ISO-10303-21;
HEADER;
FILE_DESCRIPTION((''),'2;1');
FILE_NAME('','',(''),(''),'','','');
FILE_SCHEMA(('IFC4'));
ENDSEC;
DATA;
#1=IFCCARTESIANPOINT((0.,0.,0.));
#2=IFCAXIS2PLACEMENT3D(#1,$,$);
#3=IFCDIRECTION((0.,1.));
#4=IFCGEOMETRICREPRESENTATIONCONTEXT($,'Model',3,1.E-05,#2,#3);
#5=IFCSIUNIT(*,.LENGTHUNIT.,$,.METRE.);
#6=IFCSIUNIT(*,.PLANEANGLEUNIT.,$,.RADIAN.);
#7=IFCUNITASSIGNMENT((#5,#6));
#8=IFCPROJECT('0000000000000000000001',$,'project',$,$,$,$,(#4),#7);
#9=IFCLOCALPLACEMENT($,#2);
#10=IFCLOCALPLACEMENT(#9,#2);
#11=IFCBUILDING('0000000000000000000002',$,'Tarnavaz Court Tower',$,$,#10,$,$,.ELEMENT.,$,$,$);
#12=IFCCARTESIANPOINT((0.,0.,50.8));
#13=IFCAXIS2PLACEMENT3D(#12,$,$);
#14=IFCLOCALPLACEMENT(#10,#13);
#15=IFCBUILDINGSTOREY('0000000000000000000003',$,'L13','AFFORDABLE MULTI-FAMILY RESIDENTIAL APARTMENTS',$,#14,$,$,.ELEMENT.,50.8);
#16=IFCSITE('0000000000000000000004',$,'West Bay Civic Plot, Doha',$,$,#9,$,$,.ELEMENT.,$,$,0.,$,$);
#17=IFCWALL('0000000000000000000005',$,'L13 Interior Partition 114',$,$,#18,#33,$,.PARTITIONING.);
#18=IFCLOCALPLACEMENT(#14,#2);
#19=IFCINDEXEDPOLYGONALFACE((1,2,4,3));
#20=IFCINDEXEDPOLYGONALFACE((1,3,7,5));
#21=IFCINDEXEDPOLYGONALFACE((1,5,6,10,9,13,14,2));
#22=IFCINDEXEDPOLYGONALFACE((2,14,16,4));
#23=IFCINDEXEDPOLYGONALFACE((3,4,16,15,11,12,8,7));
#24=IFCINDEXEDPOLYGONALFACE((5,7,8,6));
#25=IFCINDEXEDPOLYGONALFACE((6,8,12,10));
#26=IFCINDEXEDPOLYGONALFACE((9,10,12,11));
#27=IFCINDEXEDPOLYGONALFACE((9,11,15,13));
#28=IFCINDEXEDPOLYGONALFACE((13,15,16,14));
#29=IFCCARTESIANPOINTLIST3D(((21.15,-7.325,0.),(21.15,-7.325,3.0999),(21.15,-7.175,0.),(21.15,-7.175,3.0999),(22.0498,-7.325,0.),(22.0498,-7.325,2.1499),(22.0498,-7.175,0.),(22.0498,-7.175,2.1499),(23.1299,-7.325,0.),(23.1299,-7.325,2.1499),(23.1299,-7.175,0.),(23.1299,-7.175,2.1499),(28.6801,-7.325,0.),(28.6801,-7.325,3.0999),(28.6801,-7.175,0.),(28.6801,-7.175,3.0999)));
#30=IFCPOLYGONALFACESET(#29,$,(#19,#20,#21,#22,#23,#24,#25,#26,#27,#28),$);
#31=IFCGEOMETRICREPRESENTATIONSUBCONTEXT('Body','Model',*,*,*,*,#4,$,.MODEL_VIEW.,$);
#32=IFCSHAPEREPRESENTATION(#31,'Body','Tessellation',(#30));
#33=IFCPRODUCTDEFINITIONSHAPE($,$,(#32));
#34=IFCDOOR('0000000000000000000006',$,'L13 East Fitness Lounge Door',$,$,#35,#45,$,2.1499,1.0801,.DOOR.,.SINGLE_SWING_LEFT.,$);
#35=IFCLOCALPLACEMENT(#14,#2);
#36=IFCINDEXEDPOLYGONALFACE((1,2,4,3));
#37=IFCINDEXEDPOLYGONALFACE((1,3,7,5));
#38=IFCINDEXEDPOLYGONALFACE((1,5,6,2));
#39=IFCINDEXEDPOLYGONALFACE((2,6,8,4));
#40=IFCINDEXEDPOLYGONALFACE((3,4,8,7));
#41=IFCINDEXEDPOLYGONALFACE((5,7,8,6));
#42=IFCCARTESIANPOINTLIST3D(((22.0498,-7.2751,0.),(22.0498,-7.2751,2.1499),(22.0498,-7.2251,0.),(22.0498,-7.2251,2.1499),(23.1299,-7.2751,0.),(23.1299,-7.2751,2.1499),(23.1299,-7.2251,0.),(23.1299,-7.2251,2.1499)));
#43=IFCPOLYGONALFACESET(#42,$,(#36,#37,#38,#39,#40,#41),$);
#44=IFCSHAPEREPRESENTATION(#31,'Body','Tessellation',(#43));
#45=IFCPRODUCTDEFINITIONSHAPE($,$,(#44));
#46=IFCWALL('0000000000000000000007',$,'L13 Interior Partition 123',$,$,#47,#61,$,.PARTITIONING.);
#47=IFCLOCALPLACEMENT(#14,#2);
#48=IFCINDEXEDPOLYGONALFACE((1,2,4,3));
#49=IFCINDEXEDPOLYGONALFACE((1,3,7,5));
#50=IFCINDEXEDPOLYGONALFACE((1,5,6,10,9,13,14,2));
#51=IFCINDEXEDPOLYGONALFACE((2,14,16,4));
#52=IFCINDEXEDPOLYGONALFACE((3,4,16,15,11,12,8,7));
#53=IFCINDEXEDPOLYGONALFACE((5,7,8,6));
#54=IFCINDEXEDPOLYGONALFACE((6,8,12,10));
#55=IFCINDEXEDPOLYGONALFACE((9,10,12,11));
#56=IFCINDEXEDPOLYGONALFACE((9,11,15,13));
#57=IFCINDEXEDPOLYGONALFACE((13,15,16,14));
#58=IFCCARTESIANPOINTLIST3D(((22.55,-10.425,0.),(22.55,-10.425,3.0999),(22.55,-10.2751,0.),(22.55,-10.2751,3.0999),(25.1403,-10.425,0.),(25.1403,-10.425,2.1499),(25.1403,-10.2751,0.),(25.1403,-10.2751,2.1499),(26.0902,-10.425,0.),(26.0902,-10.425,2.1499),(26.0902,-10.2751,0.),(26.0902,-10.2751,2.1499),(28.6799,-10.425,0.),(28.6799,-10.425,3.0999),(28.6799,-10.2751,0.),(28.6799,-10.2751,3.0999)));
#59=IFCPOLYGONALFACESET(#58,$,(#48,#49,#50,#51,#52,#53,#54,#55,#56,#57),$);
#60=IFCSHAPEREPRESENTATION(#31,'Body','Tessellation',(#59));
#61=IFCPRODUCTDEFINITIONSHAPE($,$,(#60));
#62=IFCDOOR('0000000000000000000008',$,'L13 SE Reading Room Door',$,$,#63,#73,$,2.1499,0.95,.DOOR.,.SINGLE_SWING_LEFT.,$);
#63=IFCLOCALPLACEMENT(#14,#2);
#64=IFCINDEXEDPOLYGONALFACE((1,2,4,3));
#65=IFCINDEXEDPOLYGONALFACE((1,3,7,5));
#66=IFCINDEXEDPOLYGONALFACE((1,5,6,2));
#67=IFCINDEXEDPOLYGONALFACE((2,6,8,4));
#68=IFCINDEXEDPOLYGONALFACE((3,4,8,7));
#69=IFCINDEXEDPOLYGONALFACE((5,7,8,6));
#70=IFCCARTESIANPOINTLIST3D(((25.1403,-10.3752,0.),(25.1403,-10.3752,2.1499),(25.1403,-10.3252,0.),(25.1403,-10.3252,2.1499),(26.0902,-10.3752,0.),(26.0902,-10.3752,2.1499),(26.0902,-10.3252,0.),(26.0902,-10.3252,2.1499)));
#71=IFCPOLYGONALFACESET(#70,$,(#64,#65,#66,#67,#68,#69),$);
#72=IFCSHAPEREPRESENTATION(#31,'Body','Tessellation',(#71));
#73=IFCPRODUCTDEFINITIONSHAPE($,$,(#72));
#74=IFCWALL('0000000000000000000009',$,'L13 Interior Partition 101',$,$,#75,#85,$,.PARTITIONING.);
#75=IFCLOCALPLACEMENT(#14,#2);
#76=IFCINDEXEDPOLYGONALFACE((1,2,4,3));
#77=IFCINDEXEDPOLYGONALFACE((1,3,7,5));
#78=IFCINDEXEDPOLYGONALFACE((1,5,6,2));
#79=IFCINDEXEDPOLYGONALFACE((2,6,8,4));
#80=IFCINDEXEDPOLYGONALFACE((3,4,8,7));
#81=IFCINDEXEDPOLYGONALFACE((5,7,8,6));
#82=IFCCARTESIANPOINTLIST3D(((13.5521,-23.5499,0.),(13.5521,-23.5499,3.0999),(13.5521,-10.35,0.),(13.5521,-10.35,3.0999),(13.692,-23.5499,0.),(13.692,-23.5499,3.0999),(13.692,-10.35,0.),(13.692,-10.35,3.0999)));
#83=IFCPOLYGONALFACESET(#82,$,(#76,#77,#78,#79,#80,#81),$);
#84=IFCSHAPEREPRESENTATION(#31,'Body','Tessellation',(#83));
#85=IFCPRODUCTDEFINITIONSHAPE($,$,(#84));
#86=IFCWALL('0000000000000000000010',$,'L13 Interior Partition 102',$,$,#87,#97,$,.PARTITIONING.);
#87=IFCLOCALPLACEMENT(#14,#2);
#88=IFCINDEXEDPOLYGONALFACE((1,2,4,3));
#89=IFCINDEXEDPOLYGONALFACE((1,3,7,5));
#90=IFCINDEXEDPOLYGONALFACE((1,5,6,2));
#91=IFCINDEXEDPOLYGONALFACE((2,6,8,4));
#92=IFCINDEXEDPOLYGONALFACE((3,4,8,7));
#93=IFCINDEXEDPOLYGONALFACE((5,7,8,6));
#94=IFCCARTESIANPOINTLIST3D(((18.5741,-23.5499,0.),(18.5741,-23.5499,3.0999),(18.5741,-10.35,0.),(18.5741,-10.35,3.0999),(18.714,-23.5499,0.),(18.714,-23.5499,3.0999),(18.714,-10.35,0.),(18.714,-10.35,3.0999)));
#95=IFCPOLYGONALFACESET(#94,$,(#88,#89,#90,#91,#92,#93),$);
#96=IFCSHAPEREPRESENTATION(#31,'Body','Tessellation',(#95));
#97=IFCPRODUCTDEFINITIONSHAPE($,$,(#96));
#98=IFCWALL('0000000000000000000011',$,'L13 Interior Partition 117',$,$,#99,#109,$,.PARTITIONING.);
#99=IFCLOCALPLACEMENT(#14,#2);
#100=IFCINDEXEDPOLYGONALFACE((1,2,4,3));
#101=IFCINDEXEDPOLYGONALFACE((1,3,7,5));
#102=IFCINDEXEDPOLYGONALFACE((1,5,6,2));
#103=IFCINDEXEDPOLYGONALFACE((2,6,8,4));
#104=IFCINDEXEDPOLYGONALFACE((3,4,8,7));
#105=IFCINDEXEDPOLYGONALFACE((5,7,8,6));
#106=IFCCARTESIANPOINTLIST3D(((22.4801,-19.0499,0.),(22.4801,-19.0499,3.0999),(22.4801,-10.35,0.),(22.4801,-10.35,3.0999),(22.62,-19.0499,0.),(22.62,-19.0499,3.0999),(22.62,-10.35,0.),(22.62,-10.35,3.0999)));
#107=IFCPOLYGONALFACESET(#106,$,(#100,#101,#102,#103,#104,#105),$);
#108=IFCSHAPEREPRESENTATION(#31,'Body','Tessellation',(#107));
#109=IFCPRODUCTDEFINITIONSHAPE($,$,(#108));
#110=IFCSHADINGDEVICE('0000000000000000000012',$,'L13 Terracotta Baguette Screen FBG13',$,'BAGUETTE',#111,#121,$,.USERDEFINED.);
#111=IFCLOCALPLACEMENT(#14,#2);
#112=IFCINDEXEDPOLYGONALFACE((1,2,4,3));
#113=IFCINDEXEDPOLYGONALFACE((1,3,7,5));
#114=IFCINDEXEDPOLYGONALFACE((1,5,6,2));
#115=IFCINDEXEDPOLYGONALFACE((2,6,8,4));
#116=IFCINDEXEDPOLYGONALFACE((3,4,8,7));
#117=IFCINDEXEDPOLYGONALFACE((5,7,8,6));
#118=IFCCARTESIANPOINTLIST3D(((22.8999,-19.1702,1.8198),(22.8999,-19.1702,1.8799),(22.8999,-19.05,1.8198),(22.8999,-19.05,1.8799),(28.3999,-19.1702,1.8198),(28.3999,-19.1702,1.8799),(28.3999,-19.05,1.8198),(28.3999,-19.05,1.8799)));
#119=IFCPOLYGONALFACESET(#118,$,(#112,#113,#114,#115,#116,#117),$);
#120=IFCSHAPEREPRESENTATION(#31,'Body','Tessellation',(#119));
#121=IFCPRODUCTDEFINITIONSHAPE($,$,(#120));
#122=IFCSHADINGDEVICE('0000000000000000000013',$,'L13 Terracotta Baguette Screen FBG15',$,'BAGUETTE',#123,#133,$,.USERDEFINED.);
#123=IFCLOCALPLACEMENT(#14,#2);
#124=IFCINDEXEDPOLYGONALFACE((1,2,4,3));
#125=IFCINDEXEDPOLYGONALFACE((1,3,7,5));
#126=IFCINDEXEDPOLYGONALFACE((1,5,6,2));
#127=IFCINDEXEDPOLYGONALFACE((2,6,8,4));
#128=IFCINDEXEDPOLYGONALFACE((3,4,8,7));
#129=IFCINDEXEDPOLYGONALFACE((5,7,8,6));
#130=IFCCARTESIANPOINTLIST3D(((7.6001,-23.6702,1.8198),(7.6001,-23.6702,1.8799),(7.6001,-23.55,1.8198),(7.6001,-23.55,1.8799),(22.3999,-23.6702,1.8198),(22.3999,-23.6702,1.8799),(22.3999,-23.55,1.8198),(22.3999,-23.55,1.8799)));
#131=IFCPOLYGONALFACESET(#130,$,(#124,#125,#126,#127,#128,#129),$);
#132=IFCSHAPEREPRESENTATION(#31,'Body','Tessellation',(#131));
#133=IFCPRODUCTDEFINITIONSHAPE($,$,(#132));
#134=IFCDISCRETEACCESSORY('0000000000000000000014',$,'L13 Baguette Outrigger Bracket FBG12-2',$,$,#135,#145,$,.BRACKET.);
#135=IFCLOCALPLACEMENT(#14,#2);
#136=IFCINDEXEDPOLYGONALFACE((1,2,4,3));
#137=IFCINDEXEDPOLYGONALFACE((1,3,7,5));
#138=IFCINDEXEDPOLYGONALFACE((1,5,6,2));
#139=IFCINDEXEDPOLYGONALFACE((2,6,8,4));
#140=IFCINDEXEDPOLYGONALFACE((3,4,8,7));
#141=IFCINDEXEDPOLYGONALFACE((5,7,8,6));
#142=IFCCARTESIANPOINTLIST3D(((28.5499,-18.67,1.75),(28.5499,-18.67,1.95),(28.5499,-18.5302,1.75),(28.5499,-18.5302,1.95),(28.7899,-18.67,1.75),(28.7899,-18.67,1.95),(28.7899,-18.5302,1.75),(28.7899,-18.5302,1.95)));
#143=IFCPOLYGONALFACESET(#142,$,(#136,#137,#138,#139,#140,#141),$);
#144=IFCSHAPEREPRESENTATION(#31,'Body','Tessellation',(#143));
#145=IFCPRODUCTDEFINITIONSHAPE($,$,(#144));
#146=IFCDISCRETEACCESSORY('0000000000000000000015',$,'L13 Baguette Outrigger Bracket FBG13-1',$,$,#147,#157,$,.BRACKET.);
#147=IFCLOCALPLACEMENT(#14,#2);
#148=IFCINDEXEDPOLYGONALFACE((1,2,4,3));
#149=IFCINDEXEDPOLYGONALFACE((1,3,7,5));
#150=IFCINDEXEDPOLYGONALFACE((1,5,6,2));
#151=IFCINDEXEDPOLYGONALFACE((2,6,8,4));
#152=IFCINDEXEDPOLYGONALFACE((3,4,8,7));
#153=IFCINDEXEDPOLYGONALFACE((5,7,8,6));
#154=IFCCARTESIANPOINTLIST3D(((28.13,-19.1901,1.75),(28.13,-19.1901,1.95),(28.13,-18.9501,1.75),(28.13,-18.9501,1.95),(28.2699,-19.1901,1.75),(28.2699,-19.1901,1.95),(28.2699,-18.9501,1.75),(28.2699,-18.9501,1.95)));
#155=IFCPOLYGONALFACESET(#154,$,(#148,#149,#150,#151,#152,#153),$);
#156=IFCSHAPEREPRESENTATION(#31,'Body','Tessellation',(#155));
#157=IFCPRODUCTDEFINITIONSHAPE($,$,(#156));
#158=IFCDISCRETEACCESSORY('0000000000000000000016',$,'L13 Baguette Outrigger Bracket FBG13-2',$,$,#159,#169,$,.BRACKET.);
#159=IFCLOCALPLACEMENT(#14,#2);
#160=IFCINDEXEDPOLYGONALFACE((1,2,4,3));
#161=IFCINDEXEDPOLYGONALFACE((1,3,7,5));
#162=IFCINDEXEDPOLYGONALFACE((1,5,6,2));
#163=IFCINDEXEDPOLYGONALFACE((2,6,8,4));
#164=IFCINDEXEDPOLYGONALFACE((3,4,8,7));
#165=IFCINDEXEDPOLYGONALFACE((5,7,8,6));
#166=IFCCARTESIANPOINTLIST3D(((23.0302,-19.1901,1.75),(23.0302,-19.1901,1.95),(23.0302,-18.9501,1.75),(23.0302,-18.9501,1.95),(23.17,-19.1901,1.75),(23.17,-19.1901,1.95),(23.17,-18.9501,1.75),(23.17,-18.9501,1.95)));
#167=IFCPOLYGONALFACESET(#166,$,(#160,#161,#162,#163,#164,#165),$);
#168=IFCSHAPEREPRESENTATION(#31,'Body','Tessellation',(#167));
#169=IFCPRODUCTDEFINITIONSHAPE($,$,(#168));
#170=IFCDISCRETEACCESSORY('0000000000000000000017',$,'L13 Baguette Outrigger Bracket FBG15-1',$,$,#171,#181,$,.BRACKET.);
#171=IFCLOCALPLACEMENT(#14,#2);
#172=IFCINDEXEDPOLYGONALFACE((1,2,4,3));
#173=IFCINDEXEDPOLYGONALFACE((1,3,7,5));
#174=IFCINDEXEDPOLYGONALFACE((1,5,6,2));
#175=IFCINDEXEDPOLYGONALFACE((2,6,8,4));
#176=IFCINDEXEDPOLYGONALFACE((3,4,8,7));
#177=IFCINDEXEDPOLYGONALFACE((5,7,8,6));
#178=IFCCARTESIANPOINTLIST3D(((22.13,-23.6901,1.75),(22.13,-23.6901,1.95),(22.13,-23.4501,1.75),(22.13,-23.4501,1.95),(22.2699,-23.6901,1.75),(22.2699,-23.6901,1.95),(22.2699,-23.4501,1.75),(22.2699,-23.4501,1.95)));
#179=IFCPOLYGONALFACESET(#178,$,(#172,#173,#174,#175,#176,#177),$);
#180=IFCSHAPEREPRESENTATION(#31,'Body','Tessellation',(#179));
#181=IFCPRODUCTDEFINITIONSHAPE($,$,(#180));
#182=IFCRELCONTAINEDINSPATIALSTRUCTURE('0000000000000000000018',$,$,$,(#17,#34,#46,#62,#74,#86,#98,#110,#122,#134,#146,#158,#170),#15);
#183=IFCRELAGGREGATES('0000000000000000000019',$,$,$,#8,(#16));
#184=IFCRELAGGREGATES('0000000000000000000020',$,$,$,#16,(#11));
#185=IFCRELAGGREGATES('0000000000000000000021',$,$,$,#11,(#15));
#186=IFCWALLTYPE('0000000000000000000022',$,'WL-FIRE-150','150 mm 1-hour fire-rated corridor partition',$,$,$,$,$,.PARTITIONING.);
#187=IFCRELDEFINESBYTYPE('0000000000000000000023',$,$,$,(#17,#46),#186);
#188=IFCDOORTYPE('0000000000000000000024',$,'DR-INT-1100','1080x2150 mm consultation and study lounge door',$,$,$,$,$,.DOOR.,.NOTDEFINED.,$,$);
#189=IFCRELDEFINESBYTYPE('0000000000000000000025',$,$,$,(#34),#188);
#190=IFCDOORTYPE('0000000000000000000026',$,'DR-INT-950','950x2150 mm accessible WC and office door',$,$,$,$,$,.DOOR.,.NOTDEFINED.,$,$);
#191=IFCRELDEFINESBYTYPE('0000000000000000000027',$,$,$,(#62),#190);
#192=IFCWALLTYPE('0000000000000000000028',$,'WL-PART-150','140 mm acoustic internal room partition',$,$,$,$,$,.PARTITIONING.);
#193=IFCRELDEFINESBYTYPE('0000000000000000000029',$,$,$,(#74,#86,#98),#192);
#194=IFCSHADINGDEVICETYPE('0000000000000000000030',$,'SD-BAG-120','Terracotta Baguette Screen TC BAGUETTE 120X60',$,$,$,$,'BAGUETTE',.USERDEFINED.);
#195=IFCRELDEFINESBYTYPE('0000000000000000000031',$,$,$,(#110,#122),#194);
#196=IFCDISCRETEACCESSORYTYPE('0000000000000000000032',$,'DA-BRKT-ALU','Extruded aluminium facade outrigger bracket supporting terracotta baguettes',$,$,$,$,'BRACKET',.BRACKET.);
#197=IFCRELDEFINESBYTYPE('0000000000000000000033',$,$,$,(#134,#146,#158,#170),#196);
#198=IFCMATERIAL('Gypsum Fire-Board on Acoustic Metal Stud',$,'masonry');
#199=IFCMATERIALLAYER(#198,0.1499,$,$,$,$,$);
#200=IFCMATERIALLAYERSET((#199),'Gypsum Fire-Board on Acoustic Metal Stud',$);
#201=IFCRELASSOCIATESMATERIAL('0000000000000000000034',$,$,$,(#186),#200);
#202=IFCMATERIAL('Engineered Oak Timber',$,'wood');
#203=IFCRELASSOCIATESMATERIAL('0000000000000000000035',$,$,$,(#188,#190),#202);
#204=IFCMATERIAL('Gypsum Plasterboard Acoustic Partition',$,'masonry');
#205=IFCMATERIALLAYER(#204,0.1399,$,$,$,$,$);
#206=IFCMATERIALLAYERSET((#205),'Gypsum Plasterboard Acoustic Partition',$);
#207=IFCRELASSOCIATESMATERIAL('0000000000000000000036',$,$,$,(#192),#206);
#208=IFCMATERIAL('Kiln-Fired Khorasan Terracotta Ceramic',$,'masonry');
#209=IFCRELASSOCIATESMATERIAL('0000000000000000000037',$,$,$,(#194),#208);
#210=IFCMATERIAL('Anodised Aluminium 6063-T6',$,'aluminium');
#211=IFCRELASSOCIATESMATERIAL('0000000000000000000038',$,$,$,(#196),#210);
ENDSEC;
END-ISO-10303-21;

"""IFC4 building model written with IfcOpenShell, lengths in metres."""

from ifc_helpers import new_model, si_unit, direction, frame, frame_2d, origin, origin_2d, place, context, subcontext, project, spatial, rectangle, extrude, material, layer, layer_set, material_profile, profile_set, type_object, element, fill, save


model = new_model("IFC4")

# Units and contexts
model_context = context("Model", 3, precision=1e-05, world=origin(), true_north=direction((0.0, 1.0)))
body_context = subcontext(model_context, "Body", "Model", "MODEL_VIEW")
ifc_project = project(units=[si_unit("LENGTHUNIT", "METRE"), si_unit("PLANEANGLEUNIT", "RADIAN")], contexts=[model_context])

# Site, building, storey
site_placement = place(None, origin())
site = spatial("IfcSite", under=ifc_project, at=site_placement, Name="West Bay Civic Plot, Doha", CompositionType="ELEMENT", RefElevation=0.0)
building_placement = place(site_placement, origin())
building = spatial("IfcBuilding", under=site, at=building_placement, Name="Tarnavaz Court Tower", CompositionType="ELEMENT")
storey_placement = place(building_placement, frame((0.0, 0.0, 50.8)))
storey = spatial("IfcBuildingStorey", under=building, at=storey_placement, Name="L13", Description="AFFORDABLE MULTI-FAMILY RESIDENTIAL APARTMENTS", CompositionType="ELEMENT", Elevation=50.8)

# Shared definitions
ifc_material_1 = material(Name="Gypsum Fire-Board on Acoustic Metal Stud", Category="masonry")
ifc_layer_1 = layer(ifc_material_1, 0.1499)
ifc_layer_set_1 = layer_set([ifc_layer_1], Name="Gypsum Fire-Board on Acoustic Metal Stud")
wall_type_1 = type_object("IfcWallType", Name="WL-FIRE-150", Description="150 mm 1-hour fire-rated corridor partition", PredefinedType="PARTITIONING", material=ifc_layer_set_1)

# Walls, openings, doors
wall_1_placement = place(storey_placement, frame((21.1499, -7.25, 0.0), z_axis=(0.0, 0.0, 1.0), x_axis=(1.0, 0.0, 0.0)))
wall_1 = element("IfcWall", 1, at=wall_1_placement, inside=storey, type_object=wall_type_1, Name="L13 Interior Partition 114", PredefinedType="PARTITIONING", context=body_context, shape_type="SweptSolid", body=[
    extrude(rectangle(XDim=7.53, YDim=0.1499, at=frame_2d((3.7651, 0.0))), origin(), (0.0, 0.0, 1.0), 3.0999),
])
opening_1_placement = place(wall_1_placement, frame((0.8999, 0.0, 0.0)))
opening_1 = element("IfcOpeningElement", 2, at=opening_1_placement, cuts=wall_1, PredefinedType="OPENING", context=body_context, shape_type="SweptSolid", body=[
    extrude(rectangle(XDim=1.0801, YDim=2.1499, at=frame_2d((0.54, 1.075))), frame((0.0, 0.085, 0.0), z_axis=(0.0, -1.0, 0.0), x_axis=(1.0, 0.0, 0.0)), (0.0, 0.0, 1.0), 0.1699),
])
ifc_material_2 = material(Name="Engineered Oak Timber", Category="wood")
door_type_1 = type_object("IfcDoorType", Name="DR-INT-1100", Description="1080x2150 mm consultation and study lounge door", OperationType="NOTDEFINED", PredefinedType="DOOR", material=ifc_material_2)
door_1_placement = place(opening_1_placement, origin())
door_1 = element("IfcDoor", 3, at=door_1_placement, inside=storey, type_object=door_type_1, Name="L13 East Fitness Lounge Door", OperationType="SINGLE_SWING_LEFT", OverallHeight=2.1499, OverallWidth=1.0801, PredefinedType="DOOR", context=body_context, shape_type="SweptSolid", body=[
    extrude(rectangle(XDim=1.0801, YDim=2.1499, at=frame_2d((0.54, 1.075))), frame((0.0, 0.0249, 0.0), z_axis=(0.0, -1.0, 0.0), x_axis=(1.0, 0.0, 0.0)), (0.0, 0.0, 1.0), 0.05),
])
fill(opening_1, door_1)
wall_2_placement = place(storey_placement, frame((22.55, -10.3501, 0.0), z_axis=(0.0, 0.0, 1.0), x_axis=(1.0, 0.0, 0.0)))
wall_2 = element("IfcWall", 4, at=wall_2_placement, inside=storey, type_object=wall_type_1, Name="L13 Interior Partition 123", PredefinedType="PARTITIONING", context=body_context, shape_type="SweptSolid", body=[
    extrude(rectangle(XDim=6.1299, YDim=0.1499, at=frame_2d((3.0649, 0.0))), origin(), (0.0, 0.0, 1.0), 3.0999),
])
opening_2_placement = place(wall_2_placement, frame((2.5901, 0.0, 0.0)))
opening_2 = element("IfcOpeningElement", 5, at=opening_2_placement, cuts=wall_2, PredefinedType="OPENING", context=body_context, shape_type="SweptSolid", body=[
    extrude(rectangle(XDim=0.95, YDim=2.1499, at=frame_2d((0.4751, 1.075))), frame((0.0, 0.085, 0.0), z_axis=(0.0, -1.0, 0.0), x_axis=(1.0, 0.0, 0.0)), (0.0, 0.0, 1.0), 0.1699),
])
door_type_2 = type_object("IfcDoorType", Name="DR-INT-950", Description="950x2150 mm accessible WC and office door", OperationType="NOTDEFINED", PredefinedType="DOOR", material=ifc_material_2)
door_2_placement = place(opening_2_placement, origin())
door_2 = element("IfcDoor", 6, at=door_2_placement, inside=storey, type_object=door_type_2, Name="L13 SE Reading Room Door", OperationType="SINGLE_SWING_LEFT", OverallHeight=2.1499, OverallWidth=0.95, PredefinedType="DOOR", context=body_context, shape_type="SweptSolid", body=[
    extrude(rectangle(XDim=0.95, YDim=2.1499, at=frame_2d((0.4751, 1.075))), frame((0.0, 0.0249, 0.0), z_axis=(0.0, -1.0, 0.0), x_axis=(1.0, 0.0, 0.0)), (0.0, 0.0, 1.0), 0.05),
])
fill(opening_2, door_2)

# Walls
ifc_material_3 = material(Name="Gypsum Plasterboard Acoustic Partition", Category="masonry")
ifc_layer_2 = layer(ifc_material_3, 0.1399)
ifc_layer_set_2 = layer_set([ifc_layer_2], Name="Gypsum Plasterboard Acoustic Partition")
wall_type_2 = type_object("IfcWallType", Name="WL-PART-150", Description="140 mm acoustic internal room partition", PredefinedType="PARTITIONING", material=ifc_layer_set_2)
for number, where, z_axis, x_axis, name in (
    (7, (13.6221, -23.55, 0.0), (0.0, 0.0, 1.0), (0.0, 1.0, 0.0), "L13 Interior Partition 101"),
    (8, (18.644, -23.55, 0.0), (0.0, 0.0, 1.0), (0.0, 1.0, 0.0), "L13 Interior Partition 102"),
):
    element("IfcWall", number, at=place(storey_placement, frame(where, z_axis=z_axis, x_axis=x_axis)), inside=storey, type_object=wall_type_2, Name=name, PredefinedType="PARTITIONING", context=body_context, shape_type="SweptSolid", body=[
        extrude(rectangle(XDim=13.2, YDim=0.1399, at=frame_2d((6.6001, 0.0))), origin(), (0.0, 0.0, 1.0), 3.0999),
    ])
wall_3_placement = place(storey_placement, frame((22.55, -19.05, 0.0), z_axis=(0.0, 0.0, 1.0), x_axis=(0.0, 1.0, 0.0)))
element("IfcWall", 9, at=wall_3_placement, inside=storey, type_object=wall_type_2, Name="L13 Interior Partition 117", PredefinedType="PARTITIONING", context=body_context, shape_type="SweptSolid", body=[
    extrude(rectangle(XDim=8.7, YDim=0.1399, at=frame_2d((4.3501, 0.0))), origin(), (0.0, 0.0, 1.0), 3.0999),
])

# Shading devices
ifc_material_4 = material(Name="Kiln-Fired Khorasan Terracotta Ceramic", Category="masonry")
ifc_material_profile_1 = material_profile(ifc_material_4, rectangle(XDim=0.1201, YDim=0.0601, at=origin_2d()), Name="TC BAGUETTE 120X60")
ifc_profile_set_1 = profile_set([ifc_material_profile_1], Name="Kiln-Fired Khorasan Terracotta Ceramic")
shading_device_type = type_object("IfcShadingDeviceType", Name="SD-BAG-120", Description="Terracotta Baguette Screen TC BAGUETTE 120X60", ElementType="BAGUETTE", PredefinedType="USERDEFINED", material=ifc_profile_set_1)
shading_device_1_placement = place(storey_placement, frame((28.3999, -19.1101, 1.8499), z_axis=(-1.0, 0.0, 0.0), x_axis=(0.0, -1.0, 0.0)))
element("IfcShadingDevice", 10, at=shading_device_1_placement, inside=storey, type_object=shading_device_type, Name="L13 Terracotta Baguette Screen FBG13", ObjectType="BAGUETTE", PredefinedType="USERDEFINED", context=body_context, shape_type="SweptSolid", body=[
    extrude(rectangle(XDim=0.1201, YDim=0.0601, at=origin_2d()), origin(), (0.0, 0.0, 1.0), 5.5),
])
shading_device_2_placement = place(storey_placement, frame((22.3999, -23.6101, 1.8499), z_axis=(-1.0, 0.0, 0.0), x_axis=(0.0, -1.0, 0.0)))
element("IfcShadingDevice", 11, at=shading_device_2_placement, inside=storey, type_object=shading_device_type, Name="L13 Terracotta Baguette Screen FBG15", ObjectType="BAGUETTE", PredefinedType="USERDEFINED", context=body_context, shape_type="SweptSolid", body=[
    extrude(rectangle(XDim=0.1201, YDim=0.0601, at=origin_2d()), origin(), (0.0, 0.0, 1.0), 14.7998),
])

# Discrete accessories
ifc_material_5 = material(Name="Anodised Aluminium 6063-T6", Category="aluminium")
discrete_accessory_type = type_object("IfcDiscreteAccessoryType", Name="DA-BRKT-ALU", Description="Extruded aluminium facade outrigger bracket supporting terracotta baguettes", ElementType="BRACKET", PredefinedType="BRACKET", material=ifc_material_5)
for number, where, z_axis, x_axis, name in (
    (12, (28.6699, -18.6001, 1.75), (0.0, 0.0, 1.0), (0.0, -1.0, 0.0), "L13 Baguette Outrigger Bracket FBG12-2"),
    (13, (28.2, -19.0701, 1.75), (0.0, 0.0, 1.0), (-1.0, 0.0, 0.0), "L13 Baguette Outrigger Bracket FBG13-1"),
    (14, (23.1001, -19.0701, 1.75), (0.0, 0.0, 1.0), (-1.0, 0.0, 0.0), "L13 Baguette Outrigger Bracket FBG13-2"),
    (15, (22.2, -23.5701, 1.75), (0.0, 0.0, 1.0), (-1.0, 0.0, 0.0), "L13 Baguette Outrigger Bracket FBG15-1"),
):
    element("IfcDiscreteAccessory", number, at=place(storey_placement, frame(where, z_axis=z_axis, x_axis=x_axis)), inside=storey, type_object=discrete_accessory_type, Name=name, PredefinedType="BRACKET", context=body_context, shape_type="SweptSolid", body=[
        extrude(rectangle(XDim=0.1399, YDim=0.24, at=origin_2d()), origin(), (0.0, 0.0, 1.0), 0.2),
    ])

save(model, "model.ifc")
